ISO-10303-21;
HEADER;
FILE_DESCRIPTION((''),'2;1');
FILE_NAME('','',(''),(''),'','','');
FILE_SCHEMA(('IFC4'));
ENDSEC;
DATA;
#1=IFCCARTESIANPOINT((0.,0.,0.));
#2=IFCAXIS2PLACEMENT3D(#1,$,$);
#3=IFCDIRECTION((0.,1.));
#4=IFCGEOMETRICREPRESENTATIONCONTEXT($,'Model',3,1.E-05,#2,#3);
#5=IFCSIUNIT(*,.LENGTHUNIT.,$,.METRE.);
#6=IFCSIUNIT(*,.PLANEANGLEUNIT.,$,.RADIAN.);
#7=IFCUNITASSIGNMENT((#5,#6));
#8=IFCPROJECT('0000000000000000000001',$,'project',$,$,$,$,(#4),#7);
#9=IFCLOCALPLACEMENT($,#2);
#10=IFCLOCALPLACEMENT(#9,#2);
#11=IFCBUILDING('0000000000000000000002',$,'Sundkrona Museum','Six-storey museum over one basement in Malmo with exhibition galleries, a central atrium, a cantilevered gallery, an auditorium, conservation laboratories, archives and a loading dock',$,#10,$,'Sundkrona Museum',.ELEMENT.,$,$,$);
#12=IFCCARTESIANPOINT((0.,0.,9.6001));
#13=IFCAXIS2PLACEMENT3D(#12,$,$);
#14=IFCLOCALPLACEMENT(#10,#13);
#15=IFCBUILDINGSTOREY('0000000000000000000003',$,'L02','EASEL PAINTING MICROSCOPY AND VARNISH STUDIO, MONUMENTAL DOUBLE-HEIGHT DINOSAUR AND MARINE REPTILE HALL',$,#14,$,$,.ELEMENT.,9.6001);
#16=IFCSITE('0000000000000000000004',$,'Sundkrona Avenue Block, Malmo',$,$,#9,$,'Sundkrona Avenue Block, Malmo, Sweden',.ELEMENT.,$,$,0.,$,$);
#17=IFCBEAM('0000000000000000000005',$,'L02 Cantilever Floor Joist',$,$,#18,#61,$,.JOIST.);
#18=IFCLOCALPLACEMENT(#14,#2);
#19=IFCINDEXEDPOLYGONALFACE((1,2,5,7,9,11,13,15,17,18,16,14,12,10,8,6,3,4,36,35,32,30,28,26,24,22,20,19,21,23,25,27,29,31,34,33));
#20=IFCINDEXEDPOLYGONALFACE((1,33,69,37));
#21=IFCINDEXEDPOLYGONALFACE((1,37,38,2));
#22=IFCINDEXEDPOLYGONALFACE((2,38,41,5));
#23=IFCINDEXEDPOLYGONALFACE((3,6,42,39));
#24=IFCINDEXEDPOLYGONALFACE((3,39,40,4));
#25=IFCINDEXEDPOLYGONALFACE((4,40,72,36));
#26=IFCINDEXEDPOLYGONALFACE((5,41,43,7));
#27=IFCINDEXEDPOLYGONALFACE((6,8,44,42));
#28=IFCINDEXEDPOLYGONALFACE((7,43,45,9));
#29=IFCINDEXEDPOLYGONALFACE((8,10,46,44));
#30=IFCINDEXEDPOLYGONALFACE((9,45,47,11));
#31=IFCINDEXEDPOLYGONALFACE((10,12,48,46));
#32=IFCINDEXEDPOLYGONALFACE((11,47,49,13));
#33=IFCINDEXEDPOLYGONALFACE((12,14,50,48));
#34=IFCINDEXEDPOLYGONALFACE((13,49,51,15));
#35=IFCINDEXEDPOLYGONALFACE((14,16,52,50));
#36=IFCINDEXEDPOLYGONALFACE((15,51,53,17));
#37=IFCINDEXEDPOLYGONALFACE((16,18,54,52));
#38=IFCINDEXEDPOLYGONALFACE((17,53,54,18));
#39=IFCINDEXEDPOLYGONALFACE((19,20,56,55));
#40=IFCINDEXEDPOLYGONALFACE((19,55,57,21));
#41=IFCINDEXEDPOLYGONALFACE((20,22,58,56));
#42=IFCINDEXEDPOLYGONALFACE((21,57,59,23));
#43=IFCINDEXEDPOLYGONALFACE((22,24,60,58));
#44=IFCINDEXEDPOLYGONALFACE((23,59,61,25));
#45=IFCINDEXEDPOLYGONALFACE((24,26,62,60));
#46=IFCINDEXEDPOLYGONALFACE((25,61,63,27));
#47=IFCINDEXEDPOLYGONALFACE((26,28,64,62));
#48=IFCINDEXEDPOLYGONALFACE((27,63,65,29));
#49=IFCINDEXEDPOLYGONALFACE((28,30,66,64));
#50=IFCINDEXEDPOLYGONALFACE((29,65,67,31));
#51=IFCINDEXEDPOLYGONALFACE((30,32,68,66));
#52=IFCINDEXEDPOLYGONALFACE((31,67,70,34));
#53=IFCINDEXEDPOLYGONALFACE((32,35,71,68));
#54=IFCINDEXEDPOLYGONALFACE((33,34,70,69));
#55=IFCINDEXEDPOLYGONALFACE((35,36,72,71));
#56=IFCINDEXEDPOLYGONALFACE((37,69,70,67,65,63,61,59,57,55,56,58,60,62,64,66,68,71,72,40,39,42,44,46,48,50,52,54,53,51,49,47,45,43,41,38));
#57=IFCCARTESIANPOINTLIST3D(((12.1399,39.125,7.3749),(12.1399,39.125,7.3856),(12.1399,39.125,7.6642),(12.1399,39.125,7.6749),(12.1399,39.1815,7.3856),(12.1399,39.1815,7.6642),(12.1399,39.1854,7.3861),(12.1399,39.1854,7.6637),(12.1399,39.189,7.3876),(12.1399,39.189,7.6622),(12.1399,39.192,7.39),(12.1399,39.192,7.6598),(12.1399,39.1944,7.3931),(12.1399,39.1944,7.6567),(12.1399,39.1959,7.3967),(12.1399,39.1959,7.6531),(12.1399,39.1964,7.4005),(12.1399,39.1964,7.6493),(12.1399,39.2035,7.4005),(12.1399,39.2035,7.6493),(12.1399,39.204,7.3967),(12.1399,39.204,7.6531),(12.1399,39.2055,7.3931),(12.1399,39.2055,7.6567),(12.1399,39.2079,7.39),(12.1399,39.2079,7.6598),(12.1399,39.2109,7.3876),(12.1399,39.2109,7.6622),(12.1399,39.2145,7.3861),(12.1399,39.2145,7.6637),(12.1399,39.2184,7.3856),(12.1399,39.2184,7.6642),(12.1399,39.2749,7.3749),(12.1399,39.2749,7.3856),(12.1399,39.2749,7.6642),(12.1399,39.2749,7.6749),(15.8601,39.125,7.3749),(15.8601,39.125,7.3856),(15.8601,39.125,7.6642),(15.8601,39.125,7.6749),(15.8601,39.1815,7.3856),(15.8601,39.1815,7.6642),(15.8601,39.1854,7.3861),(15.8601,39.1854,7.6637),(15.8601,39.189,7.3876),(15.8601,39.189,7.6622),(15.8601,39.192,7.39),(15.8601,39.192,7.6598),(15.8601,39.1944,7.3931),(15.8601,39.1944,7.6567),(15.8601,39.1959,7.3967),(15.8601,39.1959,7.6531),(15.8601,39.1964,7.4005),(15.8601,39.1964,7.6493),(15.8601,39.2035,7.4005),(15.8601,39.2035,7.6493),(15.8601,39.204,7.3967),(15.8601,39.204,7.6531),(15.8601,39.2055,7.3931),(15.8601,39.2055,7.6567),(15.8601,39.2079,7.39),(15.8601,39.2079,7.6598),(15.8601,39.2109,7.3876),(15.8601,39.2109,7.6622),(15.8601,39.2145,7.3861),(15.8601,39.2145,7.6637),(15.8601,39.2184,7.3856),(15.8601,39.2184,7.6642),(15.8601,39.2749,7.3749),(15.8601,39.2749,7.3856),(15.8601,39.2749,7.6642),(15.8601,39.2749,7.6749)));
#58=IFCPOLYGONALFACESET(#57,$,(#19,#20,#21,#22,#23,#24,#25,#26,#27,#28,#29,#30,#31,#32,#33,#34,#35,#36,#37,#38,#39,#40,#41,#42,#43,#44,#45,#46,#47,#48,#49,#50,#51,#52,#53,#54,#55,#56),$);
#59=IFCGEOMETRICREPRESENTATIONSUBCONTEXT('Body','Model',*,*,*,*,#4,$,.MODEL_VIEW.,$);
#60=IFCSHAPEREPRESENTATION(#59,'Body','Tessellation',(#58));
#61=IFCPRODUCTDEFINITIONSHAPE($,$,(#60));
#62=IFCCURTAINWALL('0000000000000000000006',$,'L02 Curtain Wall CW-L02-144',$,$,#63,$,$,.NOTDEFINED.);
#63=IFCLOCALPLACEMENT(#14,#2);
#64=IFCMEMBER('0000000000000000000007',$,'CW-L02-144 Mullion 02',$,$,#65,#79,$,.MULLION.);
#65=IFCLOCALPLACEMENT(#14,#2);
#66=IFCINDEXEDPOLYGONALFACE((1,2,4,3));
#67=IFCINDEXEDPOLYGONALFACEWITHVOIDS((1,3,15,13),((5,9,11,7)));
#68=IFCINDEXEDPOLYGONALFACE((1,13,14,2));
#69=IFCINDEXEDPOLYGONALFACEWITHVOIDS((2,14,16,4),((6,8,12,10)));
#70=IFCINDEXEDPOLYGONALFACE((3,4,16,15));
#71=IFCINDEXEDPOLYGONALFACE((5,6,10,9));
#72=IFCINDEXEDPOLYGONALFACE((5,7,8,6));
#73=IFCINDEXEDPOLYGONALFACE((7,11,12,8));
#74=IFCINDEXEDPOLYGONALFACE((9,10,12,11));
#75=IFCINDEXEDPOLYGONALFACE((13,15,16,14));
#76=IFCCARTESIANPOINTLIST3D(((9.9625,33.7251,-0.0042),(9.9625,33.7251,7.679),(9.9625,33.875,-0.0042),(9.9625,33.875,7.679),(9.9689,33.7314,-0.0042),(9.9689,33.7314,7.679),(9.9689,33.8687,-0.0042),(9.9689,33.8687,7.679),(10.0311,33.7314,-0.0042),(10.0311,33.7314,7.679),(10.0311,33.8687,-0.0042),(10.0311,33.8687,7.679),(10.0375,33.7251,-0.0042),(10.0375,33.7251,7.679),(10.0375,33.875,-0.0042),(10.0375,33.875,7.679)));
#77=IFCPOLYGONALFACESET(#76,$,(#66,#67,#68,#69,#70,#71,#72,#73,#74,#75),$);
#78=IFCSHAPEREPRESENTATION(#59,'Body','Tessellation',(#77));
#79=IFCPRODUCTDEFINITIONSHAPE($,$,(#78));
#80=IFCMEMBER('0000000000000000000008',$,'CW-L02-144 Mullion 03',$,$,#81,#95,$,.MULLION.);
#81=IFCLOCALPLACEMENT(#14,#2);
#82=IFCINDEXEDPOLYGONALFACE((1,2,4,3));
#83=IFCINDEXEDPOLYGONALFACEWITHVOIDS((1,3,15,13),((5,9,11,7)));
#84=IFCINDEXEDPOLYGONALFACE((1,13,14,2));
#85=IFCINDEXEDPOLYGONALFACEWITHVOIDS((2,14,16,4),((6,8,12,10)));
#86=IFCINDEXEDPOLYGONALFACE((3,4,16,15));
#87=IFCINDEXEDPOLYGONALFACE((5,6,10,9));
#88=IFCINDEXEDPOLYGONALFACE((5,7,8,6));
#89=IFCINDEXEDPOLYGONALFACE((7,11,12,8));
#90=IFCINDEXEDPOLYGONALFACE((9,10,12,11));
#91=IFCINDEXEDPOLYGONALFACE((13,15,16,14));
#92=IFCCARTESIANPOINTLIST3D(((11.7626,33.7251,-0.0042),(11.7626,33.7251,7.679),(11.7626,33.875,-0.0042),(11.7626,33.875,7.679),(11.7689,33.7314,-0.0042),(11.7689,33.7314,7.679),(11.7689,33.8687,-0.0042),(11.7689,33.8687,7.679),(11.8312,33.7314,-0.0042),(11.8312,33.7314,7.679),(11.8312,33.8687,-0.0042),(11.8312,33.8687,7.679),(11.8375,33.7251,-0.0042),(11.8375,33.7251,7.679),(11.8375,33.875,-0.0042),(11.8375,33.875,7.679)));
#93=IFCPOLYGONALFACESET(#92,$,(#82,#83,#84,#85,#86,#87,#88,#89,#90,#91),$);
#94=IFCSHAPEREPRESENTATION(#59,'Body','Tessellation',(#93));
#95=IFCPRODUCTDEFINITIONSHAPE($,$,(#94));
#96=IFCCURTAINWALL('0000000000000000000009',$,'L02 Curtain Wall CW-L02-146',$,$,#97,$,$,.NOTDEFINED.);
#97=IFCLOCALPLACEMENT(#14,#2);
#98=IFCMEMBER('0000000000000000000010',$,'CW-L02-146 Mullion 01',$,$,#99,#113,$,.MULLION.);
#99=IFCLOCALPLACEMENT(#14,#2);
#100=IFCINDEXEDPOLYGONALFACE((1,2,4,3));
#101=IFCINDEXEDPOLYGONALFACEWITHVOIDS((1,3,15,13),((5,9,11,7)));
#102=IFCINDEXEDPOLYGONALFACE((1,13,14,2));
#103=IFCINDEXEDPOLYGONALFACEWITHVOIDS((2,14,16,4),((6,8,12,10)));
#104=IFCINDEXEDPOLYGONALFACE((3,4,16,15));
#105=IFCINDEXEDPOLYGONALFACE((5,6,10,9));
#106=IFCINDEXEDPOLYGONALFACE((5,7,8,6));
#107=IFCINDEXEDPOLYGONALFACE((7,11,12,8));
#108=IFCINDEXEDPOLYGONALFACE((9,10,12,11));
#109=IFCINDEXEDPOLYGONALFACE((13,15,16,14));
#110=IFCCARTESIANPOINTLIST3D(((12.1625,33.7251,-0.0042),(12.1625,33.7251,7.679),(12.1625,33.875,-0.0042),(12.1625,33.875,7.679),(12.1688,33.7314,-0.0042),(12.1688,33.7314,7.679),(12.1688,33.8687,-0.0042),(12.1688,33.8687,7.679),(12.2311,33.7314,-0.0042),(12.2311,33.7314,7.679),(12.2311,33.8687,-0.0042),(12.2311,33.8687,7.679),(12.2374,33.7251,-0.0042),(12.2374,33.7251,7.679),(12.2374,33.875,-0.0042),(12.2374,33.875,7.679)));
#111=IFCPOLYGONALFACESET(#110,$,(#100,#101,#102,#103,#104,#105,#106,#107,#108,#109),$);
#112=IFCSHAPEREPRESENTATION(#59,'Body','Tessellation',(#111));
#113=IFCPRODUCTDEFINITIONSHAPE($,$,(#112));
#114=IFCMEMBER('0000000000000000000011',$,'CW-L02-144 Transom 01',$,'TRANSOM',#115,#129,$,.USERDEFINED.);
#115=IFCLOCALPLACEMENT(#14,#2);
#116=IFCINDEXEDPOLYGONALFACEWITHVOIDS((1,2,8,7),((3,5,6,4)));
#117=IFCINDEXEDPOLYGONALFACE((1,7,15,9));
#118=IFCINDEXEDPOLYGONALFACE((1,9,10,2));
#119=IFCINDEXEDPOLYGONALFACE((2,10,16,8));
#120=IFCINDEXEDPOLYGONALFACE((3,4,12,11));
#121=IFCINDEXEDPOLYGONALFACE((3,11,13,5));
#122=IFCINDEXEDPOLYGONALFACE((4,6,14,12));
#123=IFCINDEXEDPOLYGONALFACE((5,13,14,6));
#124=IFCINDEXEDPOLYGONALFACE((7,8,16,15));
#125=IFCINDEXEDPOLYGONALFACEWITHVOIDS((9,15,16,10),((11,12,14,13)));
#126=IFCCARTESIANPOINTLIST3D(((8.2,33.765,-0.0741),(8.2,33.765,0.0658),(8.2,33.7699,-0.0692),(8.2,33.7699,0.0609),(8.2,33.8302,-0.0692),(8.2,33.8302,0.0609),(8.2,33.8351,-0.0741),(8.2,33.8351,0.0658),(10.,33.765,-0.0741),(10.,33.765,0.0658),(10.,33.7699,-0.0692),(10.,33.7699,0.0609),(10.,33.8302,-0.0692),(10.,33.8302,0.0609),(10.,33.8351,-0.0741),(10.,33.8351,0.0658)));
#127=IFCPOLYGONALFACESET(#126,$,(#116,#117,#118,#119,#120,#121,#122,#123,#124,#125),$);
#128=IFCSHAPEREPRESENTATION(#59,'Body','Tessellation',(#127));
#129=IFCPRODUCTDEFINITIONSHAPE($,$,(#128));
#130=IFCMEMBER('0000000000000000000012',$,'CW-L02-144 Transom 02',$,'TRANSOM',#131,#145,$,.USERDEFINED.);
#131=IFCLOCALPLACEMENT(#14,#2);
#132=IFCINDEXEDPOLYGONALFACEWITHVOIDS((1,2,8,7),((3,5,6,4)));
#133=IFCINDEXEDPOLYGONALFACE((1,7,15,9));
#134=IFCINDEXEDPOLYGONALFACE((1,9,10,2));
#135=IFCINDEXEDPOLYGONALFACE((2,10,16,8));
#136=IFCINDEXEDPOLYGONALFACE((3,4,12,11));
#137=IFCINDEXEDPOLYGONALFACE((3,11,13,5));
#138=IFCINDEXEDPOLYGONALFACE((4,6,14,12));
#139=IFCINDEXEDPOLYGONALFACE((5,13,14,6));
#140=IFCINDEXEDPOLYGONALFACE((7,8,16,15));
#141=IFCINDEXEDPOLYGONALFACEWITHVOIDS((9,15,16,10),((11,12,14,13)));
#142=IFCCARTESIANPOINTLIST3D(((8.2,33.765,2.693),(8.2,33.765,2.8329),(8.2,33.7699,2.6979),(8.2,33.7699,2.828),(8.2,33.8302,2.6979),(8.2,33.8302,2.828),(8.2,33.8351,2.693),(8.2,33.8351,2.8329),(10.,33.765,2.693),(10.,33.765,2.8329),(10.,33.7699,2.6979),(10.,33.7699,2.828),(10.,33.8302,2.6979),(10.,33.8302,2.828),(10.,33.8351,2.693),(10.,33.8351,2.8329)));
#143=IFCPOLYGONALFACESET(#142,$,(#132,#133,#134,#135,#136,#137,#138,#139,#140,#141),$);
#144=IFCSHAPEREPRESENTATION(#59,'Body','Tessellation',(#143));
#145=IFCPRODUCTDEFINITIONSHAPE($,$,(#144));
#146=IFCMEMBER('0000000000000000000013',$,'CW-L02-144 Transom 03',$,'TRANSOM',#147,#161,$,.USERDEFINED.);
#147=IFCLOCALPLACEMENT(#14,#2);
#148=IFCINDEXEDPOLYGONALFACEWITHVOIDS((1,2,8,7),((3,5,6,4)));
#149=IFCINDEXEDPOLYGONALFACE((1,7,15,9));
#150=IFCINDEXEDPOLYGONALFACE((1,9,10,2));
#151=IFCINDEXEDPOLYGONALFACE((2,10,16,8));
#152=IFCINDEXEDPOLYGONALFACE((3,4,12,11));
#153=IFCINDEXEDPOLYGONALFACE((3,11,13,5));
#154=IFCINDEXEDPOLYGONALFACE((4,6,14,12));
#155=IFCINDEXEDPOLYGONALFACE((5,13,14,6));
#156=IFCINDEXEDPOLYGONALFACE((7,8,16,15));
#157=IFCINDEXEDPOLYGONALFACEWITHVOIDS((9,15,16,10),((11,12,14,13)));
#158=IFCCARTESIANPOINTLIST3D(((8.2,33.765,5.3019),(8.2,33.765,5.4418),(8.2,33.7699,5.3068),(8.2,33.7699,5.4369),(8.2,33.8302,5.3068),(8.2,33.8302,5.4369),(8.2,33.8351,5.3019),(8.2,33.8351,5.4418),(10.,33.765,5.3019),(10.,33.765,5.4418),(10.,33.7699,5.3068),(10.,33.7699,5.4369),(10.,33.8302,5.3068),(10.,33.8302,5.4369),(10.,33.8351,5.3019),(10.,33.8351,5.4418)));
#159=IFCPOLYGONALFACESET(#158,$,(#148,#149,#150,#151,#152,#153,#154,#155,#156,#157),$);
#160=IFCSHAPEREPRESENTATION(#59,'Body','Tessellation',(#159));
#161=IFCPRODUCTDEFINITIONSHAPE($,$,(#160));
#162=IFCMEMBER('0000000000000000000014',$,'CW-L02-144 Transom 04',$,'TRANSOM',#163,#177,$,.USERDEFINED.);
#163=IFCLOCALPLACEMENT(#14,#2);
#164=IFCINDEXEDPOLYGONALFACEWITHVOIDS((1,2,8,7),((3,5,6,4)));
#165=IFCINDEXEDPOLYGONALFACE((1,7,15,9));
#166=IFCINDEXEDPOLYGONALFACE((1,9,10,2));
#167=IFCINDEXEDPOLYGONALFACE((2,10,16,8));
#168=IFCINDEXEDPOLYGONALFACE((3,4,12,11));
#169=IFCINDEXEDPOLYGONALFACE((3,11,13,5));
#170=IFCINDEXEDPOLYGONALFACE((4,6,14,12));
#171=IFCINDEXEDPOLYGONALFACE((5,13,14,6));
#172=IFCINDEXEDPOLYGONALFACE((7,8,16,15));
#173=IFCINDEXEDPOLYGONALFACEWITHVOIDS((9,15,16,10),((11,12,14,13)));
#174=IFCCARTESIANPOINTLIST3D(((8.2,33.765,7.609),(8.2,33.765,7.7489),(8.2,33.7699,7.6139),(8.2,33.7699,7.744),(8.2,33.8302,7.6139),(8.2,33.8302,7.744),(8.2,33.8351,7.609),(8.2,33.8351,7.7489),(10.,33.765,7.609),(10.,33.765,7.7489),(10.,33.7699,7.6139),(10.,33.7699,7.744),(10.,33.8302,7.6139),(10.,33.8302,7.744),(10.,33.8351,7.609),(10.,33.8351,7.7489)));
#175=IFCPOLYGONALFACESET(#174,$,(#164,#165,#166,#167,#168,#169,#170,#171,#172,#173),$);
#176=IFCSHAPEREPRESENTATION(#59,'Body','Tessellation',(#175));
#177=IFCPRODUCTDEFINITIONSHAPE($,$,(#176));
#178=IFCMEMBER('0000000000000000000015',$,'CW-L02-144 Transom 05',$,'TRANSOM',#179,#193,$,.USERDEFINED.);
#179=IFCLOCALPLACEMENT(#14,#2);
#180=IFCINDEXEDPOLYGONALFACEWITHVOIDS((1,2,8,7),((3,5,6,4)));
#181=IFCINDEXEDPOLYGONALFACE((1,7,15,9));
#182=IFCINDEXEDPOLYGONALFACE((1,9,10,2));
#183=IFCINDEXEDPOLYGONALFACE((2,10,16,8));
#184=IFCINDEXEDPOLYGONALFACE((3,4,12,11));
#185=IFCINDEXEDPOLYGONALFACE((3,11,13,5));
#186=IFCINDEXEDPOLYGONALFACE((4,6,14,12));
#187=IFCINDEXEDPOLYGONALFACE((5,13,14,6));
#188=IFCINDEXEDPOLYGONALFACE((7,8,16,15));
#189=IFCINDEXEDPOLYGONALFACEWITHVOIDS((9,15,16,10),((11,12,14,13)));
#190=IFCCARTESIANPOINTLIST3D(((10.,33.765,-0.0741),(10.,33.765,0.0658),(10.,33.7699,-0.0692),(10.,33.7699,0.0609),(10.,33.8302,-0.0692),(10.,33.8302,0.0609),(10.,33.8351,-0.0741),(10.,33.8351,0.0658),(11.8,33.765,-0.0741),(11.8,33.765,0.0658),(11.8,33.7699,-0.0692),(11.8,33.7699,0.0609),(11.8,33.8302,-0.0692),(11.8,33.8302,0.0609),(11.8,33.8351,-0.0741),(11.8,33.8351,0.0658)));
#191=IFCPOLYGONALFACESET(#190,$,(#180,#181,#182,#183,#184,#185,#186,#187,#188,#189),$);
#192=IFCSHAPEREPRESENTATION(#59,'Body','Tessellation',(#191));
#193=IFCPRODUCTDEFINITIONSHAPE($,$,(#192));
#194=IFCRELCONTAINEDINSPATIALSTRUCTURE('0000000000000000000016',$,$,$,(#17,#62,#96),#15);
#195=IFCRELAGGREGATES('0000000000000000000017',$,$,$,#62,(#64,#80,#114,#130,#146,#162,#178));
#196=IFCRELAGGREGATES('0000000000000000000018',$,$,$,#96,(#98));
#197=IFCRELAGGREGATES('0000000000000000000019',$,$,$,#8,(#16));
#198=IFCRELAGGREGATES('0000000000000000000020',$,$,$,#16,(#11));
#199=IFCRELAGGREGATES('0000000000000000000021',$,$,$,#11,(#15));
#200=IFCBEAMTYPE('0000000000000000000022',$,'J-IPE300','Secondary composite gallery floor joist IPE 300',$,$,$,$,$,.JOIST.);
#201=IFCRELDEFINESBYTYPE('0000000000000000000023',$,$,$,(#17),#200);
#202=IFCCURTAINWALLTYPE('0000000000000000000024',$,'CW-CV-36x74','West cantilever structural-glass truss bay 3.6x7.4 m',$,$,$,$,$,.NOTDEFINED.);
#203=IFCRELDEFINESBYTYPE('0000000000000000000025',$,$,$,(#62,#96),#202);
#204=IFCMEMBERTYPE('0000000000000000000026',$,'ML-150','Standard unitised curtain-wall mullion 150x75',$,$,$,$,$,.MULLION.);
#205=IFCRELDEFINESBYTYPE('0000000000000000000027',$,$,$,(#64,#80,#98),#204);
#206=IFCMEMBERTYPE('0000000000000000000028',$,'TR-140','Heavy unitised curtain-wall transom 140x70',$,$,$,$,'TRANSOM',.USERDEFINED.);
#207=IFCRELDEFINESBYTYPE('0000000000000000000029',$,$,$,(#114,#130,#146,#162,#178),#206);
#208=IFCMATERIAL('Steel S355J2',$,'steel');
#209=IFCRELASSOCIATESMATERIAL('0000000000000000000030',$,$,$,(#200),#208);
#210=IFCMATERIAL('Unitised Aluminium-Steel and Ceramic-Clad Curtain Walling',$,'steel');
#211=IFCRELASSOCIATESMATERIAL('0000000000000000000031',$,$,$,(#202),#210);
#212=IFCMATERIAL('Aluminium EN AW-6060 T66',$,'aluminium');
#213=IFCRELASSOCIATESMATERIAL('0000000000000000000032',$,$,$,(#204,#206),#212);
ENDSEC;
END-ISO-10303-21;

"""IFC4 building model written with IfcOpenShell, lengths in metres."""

from ifc_helpers import new_model, si_unit, direction, frame, origin, origin_2d, place, context, subcontext, project, spatial, hollow_rectangle, i_section, extrude, material, material_profile, profile_set, type_object, element, aggregate, save


model = new_model("IFC4")

# Units and contexts
model_context = context("Model", 3, precision=1e-05, world=origin(), true_north=direction((0.0, 1.0)))
body_context = subcontext(model_context, "Body", "Model", "MODEL_VIEW")
ifc_project = project(units=[si_unit("LENGTHUNIT", "METRE"), si_unit("PLANEANGLEUNIT", "RADIAN")], contexts=[model_context])

# Site, building, storey
site_placement = place(None, origin())
site = spatial("IfcSite", under=ifc_project, at=site_placement, Name="Sundkrona Avenue Block, Malmo", LongName="Sundkrona Avenue Block, Malmo, Sweden", CompositionType="ELEMENT", RefElevation=0.0)
building_placement = place(site_placement, origin())
building = spatial("IfcBuilding", under=site, at=building_placement, Name="Sundkrona Museum", Description="Six-storey museum over one basement in Malmo with exhibition galleries, a central atrium, a cantilevered gallery, an auditorium, conservation laboratories, archives and a loading dock", LongName="Sundkrona Museum", CompositionType="ELEMENT")
storey_placement = place(building_placement, frame((0.0, 0.0, 9.6001)))
storey = spatial("IfcBuildingStorey", under=building, at=storey_placement, Name="L02", Description="EASEL PAINTING MICROSCOPY AND VARNISH STUDIO, MONUMENTAL DOUBLE-HEIGHT DINOSAUR AND MARINE REPTILE HALL", CompositionType="ELEMENT", Elevation=9.6001)

# Beam
ifc_material_1 = material(Name="Steel S355J2", Category="steel")
ifc_material_profile_1 = material_profile(ifc_material_1, i_section(OverallWidth=0.1499, OverallDepth=0.3, WebThickness=0.0071, FlangeThickness=0.0107, FilletRadius=0.0149, at=origin_2d()), Name="IPE 300")
ifc_profile_set_1 = profile_set([ifc_material_profile_1], Name="Steel S355J2")
beam_type = type_object("IfcBeamType", Name="J-IPE300", Description="Secondary composite gallery floor joist IPE 300", PredefinedType="JOIST", material=ifc_profile_set_1)
beam_placement = place(storey_placement, frame((12.1399, 39.2, 7.5249), z_axis=(1.0, 0.0, 0.0), x_axis=(0.0, 1.0, 0.0)))
element("IfcBeam", 1, at=beam_placement, inside=storey, type_object=beam_type, Name="L02 Cantilever Floor Joist", PredefinedType="JOIST", context=body_context, shape_type="SweptSolid", body=[
    extrude(i_section(OverallWidth=0.1499, OverallDepth=0.3, WebThickness=0.0071, FlangeThickness=0.0107, FilletRadius=0.0149, at=origin_2d()), origin(), (0.0, 0.0, 1.0), 3.7202),
])

# Curtain wall, members
ifc_material_2 = material(Name="Unitised Aluminium-Steel and Ceramic-Clad Curtain Walling", Category="steel")
curtain_wall_type = type_object("IfcCurtainWallType", Name="CW-CV-36x74", Description="West cantilever structural-glass truss bay 3.6x7.4 m", PredefinedType="NOTDEFINED", material=ifc_material_2)
curtain_wall_1_placement = place(storey_placement, origin())
curtain_wall_1 = element("IfcCurtainWall", 2, at=curtain_wall_1_placement, inside=storey, type_object=curtain_wall_type, Name="L02 Curtain Wall CW-L02-144", PredefinedType="NOTDEFINED")
ifc_material_3 = material(Name="Aluminium EN AW-6060 T66", Category="aluminium")
ifc_material_profile_2 = material_profile(ifc_material_3, hollow_rectangle(XDim=0.075, YDim=0.1499, WallThickness=0.0063, at=origin_2d()), Name="RHS 150x75x6.3")
ifc_profile_set_2 = profile_set([ifc_material_profile_2], Name="Aluminium EN AW-6060 T66")
member_type_1 = type_object("IfcMemberType", Name="ML-150", Description="Standard unitised curtain-wall mullion 150x75", PredefinedType="MULLION", material=ifc_profile_set_2)
member_1_placement = place(storey_placement, frame((10.0, 33.8, -0.0042), z_axis=(0.0, 0.0, 1.0), x_axis=(1.0, 0.0, 0.0)))
member_1 = element("IfcMember", 3, at=member_1_placement, type_object=member_type_1, Name="CW-L02-144 Mullion 02", PredefinedType="MULLION", context=body_context, shape_type="SweptSolid", body=[
    extrude(hollow_rectangle(XDim=0.075, YDim=0.1499, WallThickness=0.0063, at=origin_2d()), origin(), (0.0, 0.0, 1.0), 7.6831),
])
member_2_placement = place(storey_placement, frame((11.8, 33.8, -0.0042), z_axis=(0.0, 0.0, 1.0), x_axis=(1.0, 0.0, 0.0)))
member_2 = element("IfcMember", 4, at=member_2_placement, type_object=member_type_1, Name="CW-L02-144 Mullion 03", PredefinedType="MULLION", context=body_context, shape_type="SweptSolid", body=[
    extrude(hollow_rectangle(XDim=0.075, YDim=0.1499, WallThickness=0.0063, at=origin_2d()), origin(), (0.0, 0.0, 1.0), 7.6831),
])

# Curtain wall, member
curtain_wall_2_placement = place(storey_placement, origin())
curtain_wall_2 = element("IfcCurtainWall", 5, at=curtain_wall_2_placement, inside=storey, type_object=curtain_wall_type, Name="L02 Curtain Wall CW-L02-146", PredefinedType="NOTDEFINED")
member_3_placement = place(storey_placement, frame((12.2, 33.8, -0.0042), z_axis=(0.0, 0.0, 1.0), x_axis=(1.0, 0.0, 0.0)))
member_3 = element("IfcMember", 6, at=member_3_placement, type_object=member_type_1, Name="CW-L02-146 Mullion 01", PredefinedType="MULLION", context=body_context, shape_type="SweptSolid", body=[
    extrude(hollow_rectangle(XDim=0.075, YDim=0.1499, WallThickness=0.0063, at=origin_2d()), origin(), (0.0, 0.0, 1.0), 7.6831),
])

# Members
ifc_material_profile_3 = material_profile(ifc_material_3, hollow_rectangle(XDim=0.0701, YDim=0.1399, WallThickness=0.0049, at=origin_2d()), Name="RHS 140x70x5.0")
ifc_profile_set_3 = profile_set([ifc_material_profile_3], Name="Aluminium EN AW-6060 T66")
member_type_2 = type_object("IfcMemberType", Name="TR-140", Description="Heavy unitised curtain-wall transom 140x70", ElementType="TRANSOM", PredefinedType="USERDEFINED", material=ifc_profile_set_3)
member_4_placement = place(storey_placement, frame((8.2, 33.8, -0.0042), z_axis=(1.0, 0.0, 0.0), x_axis=(0.0, 1.0, 0.0)))
member_4 = element("IfcMember", 7, at=member_4_placement, type_object=member_type_2, Name="CW-L02-144 Transom 01", ObjectType="TRANSOM", PredefinedType="USERDEFINED", context=body_context, shape_type="SweptSolid", body=[
    extrude(hollow_rectangle(XDim=0.0701, YDim=0.1399, WallThickness=0.0049, at=origin_2d()), origin(), (0.0, 0.0, 1.0), 1.8),
])
member_5_placement = place(storey_placement, frame((8.2, 33.8, 2.7629), z_axis=(1.0, 0.0, 0.0), x_axis=(0.0, 1.0, 0.0)))
member_5 = element("IfcMember", 8, at=member_5_placement, type_object=member_type_2, Name="CW-L02-144 Transom 02", ObjectType="TRANSOM", PredefinedType="USERDEFINED", context=body_context, shape_type="SweptSolid", body=[
    extrude(hollow_rectangle(XDim=0.0701, YDim=0.1399, WallThickness=0.0049, at=origin_2d()), origin(), (0.0, 0.0, 1.0), 1.8),
])
member_6_placement = place(storey_placement, frame((8.2, 33.8, 5.3718), z_axis=(1.0, 0.0, 0.0), x_axis=(0.0, 1.0, 0.0)))
member_6 = element("IfcMember", 9, at=member_6_placement, type_object=member_type_2, Name="CW-L02-144 Transom 03", ObjectType="TRANSOM", PredefinedType="USERDEFINED", context=body_context, shape_type="SweptSolid", body=[
    extrude(hollow_rectangle(XDim=0.0701, YDim=0.1399, WallThickness=0.0049, at=origin_2d()), origin(), (0.0, 0.0, 1.0), 1.8),
])
member_7_placement = place(storey_placement, frame((8.2, 33.8, 7.679), z_axis=(1.0, 0.0, 0.0), x_axis=(0.0, 1.0, 0.0)))
member_7 = element("IfcMember", 10, at=member_7_placement, type_object=member_type_2, Name="CW-L02-144 Transom 04", ObjectType="TRANSOM", PredefinedType="USERDEFINED", context=body_context, shape_type="SweptSolid", body=[
    extrude(hollow_rectangle(XDim=0.0701, YDim=0.1399, WallThickness=0.0049, at=origin_2d()), origin(), (0.0, 0.0, 1.0), 1.8),
])
member_8_placement = place(storey_placement, frame((10.0, 33.8, -0.0042), z_axis=(1.0, 0.0, 0.0), x_axis=(0.0, 1.0, 0.0)))
member_8 = element("IfcMember", 11, at=member_8_placement, type_object=member_type_2, Name="CW-L02-144 Transom 05", ObjectType="TRANSOM", PredefinedType="USERDEFINED", context=body_context, shape_type="SweptSolid", body=[
    extrude(hollow_rectangle(XDim=0.0701, YDim=0.1399, WallThickness=0.0049, at=origin_2d()), origin(), (0.0, 0.0, 1.0), 1.8),
])

aggregate(curtain_wall_1, [member_1, member_2, member_4, member_5, member_6, member_7, member_8])
aggregate(curtain_wall_2, [member_3])

save(model, "model.ifc")
